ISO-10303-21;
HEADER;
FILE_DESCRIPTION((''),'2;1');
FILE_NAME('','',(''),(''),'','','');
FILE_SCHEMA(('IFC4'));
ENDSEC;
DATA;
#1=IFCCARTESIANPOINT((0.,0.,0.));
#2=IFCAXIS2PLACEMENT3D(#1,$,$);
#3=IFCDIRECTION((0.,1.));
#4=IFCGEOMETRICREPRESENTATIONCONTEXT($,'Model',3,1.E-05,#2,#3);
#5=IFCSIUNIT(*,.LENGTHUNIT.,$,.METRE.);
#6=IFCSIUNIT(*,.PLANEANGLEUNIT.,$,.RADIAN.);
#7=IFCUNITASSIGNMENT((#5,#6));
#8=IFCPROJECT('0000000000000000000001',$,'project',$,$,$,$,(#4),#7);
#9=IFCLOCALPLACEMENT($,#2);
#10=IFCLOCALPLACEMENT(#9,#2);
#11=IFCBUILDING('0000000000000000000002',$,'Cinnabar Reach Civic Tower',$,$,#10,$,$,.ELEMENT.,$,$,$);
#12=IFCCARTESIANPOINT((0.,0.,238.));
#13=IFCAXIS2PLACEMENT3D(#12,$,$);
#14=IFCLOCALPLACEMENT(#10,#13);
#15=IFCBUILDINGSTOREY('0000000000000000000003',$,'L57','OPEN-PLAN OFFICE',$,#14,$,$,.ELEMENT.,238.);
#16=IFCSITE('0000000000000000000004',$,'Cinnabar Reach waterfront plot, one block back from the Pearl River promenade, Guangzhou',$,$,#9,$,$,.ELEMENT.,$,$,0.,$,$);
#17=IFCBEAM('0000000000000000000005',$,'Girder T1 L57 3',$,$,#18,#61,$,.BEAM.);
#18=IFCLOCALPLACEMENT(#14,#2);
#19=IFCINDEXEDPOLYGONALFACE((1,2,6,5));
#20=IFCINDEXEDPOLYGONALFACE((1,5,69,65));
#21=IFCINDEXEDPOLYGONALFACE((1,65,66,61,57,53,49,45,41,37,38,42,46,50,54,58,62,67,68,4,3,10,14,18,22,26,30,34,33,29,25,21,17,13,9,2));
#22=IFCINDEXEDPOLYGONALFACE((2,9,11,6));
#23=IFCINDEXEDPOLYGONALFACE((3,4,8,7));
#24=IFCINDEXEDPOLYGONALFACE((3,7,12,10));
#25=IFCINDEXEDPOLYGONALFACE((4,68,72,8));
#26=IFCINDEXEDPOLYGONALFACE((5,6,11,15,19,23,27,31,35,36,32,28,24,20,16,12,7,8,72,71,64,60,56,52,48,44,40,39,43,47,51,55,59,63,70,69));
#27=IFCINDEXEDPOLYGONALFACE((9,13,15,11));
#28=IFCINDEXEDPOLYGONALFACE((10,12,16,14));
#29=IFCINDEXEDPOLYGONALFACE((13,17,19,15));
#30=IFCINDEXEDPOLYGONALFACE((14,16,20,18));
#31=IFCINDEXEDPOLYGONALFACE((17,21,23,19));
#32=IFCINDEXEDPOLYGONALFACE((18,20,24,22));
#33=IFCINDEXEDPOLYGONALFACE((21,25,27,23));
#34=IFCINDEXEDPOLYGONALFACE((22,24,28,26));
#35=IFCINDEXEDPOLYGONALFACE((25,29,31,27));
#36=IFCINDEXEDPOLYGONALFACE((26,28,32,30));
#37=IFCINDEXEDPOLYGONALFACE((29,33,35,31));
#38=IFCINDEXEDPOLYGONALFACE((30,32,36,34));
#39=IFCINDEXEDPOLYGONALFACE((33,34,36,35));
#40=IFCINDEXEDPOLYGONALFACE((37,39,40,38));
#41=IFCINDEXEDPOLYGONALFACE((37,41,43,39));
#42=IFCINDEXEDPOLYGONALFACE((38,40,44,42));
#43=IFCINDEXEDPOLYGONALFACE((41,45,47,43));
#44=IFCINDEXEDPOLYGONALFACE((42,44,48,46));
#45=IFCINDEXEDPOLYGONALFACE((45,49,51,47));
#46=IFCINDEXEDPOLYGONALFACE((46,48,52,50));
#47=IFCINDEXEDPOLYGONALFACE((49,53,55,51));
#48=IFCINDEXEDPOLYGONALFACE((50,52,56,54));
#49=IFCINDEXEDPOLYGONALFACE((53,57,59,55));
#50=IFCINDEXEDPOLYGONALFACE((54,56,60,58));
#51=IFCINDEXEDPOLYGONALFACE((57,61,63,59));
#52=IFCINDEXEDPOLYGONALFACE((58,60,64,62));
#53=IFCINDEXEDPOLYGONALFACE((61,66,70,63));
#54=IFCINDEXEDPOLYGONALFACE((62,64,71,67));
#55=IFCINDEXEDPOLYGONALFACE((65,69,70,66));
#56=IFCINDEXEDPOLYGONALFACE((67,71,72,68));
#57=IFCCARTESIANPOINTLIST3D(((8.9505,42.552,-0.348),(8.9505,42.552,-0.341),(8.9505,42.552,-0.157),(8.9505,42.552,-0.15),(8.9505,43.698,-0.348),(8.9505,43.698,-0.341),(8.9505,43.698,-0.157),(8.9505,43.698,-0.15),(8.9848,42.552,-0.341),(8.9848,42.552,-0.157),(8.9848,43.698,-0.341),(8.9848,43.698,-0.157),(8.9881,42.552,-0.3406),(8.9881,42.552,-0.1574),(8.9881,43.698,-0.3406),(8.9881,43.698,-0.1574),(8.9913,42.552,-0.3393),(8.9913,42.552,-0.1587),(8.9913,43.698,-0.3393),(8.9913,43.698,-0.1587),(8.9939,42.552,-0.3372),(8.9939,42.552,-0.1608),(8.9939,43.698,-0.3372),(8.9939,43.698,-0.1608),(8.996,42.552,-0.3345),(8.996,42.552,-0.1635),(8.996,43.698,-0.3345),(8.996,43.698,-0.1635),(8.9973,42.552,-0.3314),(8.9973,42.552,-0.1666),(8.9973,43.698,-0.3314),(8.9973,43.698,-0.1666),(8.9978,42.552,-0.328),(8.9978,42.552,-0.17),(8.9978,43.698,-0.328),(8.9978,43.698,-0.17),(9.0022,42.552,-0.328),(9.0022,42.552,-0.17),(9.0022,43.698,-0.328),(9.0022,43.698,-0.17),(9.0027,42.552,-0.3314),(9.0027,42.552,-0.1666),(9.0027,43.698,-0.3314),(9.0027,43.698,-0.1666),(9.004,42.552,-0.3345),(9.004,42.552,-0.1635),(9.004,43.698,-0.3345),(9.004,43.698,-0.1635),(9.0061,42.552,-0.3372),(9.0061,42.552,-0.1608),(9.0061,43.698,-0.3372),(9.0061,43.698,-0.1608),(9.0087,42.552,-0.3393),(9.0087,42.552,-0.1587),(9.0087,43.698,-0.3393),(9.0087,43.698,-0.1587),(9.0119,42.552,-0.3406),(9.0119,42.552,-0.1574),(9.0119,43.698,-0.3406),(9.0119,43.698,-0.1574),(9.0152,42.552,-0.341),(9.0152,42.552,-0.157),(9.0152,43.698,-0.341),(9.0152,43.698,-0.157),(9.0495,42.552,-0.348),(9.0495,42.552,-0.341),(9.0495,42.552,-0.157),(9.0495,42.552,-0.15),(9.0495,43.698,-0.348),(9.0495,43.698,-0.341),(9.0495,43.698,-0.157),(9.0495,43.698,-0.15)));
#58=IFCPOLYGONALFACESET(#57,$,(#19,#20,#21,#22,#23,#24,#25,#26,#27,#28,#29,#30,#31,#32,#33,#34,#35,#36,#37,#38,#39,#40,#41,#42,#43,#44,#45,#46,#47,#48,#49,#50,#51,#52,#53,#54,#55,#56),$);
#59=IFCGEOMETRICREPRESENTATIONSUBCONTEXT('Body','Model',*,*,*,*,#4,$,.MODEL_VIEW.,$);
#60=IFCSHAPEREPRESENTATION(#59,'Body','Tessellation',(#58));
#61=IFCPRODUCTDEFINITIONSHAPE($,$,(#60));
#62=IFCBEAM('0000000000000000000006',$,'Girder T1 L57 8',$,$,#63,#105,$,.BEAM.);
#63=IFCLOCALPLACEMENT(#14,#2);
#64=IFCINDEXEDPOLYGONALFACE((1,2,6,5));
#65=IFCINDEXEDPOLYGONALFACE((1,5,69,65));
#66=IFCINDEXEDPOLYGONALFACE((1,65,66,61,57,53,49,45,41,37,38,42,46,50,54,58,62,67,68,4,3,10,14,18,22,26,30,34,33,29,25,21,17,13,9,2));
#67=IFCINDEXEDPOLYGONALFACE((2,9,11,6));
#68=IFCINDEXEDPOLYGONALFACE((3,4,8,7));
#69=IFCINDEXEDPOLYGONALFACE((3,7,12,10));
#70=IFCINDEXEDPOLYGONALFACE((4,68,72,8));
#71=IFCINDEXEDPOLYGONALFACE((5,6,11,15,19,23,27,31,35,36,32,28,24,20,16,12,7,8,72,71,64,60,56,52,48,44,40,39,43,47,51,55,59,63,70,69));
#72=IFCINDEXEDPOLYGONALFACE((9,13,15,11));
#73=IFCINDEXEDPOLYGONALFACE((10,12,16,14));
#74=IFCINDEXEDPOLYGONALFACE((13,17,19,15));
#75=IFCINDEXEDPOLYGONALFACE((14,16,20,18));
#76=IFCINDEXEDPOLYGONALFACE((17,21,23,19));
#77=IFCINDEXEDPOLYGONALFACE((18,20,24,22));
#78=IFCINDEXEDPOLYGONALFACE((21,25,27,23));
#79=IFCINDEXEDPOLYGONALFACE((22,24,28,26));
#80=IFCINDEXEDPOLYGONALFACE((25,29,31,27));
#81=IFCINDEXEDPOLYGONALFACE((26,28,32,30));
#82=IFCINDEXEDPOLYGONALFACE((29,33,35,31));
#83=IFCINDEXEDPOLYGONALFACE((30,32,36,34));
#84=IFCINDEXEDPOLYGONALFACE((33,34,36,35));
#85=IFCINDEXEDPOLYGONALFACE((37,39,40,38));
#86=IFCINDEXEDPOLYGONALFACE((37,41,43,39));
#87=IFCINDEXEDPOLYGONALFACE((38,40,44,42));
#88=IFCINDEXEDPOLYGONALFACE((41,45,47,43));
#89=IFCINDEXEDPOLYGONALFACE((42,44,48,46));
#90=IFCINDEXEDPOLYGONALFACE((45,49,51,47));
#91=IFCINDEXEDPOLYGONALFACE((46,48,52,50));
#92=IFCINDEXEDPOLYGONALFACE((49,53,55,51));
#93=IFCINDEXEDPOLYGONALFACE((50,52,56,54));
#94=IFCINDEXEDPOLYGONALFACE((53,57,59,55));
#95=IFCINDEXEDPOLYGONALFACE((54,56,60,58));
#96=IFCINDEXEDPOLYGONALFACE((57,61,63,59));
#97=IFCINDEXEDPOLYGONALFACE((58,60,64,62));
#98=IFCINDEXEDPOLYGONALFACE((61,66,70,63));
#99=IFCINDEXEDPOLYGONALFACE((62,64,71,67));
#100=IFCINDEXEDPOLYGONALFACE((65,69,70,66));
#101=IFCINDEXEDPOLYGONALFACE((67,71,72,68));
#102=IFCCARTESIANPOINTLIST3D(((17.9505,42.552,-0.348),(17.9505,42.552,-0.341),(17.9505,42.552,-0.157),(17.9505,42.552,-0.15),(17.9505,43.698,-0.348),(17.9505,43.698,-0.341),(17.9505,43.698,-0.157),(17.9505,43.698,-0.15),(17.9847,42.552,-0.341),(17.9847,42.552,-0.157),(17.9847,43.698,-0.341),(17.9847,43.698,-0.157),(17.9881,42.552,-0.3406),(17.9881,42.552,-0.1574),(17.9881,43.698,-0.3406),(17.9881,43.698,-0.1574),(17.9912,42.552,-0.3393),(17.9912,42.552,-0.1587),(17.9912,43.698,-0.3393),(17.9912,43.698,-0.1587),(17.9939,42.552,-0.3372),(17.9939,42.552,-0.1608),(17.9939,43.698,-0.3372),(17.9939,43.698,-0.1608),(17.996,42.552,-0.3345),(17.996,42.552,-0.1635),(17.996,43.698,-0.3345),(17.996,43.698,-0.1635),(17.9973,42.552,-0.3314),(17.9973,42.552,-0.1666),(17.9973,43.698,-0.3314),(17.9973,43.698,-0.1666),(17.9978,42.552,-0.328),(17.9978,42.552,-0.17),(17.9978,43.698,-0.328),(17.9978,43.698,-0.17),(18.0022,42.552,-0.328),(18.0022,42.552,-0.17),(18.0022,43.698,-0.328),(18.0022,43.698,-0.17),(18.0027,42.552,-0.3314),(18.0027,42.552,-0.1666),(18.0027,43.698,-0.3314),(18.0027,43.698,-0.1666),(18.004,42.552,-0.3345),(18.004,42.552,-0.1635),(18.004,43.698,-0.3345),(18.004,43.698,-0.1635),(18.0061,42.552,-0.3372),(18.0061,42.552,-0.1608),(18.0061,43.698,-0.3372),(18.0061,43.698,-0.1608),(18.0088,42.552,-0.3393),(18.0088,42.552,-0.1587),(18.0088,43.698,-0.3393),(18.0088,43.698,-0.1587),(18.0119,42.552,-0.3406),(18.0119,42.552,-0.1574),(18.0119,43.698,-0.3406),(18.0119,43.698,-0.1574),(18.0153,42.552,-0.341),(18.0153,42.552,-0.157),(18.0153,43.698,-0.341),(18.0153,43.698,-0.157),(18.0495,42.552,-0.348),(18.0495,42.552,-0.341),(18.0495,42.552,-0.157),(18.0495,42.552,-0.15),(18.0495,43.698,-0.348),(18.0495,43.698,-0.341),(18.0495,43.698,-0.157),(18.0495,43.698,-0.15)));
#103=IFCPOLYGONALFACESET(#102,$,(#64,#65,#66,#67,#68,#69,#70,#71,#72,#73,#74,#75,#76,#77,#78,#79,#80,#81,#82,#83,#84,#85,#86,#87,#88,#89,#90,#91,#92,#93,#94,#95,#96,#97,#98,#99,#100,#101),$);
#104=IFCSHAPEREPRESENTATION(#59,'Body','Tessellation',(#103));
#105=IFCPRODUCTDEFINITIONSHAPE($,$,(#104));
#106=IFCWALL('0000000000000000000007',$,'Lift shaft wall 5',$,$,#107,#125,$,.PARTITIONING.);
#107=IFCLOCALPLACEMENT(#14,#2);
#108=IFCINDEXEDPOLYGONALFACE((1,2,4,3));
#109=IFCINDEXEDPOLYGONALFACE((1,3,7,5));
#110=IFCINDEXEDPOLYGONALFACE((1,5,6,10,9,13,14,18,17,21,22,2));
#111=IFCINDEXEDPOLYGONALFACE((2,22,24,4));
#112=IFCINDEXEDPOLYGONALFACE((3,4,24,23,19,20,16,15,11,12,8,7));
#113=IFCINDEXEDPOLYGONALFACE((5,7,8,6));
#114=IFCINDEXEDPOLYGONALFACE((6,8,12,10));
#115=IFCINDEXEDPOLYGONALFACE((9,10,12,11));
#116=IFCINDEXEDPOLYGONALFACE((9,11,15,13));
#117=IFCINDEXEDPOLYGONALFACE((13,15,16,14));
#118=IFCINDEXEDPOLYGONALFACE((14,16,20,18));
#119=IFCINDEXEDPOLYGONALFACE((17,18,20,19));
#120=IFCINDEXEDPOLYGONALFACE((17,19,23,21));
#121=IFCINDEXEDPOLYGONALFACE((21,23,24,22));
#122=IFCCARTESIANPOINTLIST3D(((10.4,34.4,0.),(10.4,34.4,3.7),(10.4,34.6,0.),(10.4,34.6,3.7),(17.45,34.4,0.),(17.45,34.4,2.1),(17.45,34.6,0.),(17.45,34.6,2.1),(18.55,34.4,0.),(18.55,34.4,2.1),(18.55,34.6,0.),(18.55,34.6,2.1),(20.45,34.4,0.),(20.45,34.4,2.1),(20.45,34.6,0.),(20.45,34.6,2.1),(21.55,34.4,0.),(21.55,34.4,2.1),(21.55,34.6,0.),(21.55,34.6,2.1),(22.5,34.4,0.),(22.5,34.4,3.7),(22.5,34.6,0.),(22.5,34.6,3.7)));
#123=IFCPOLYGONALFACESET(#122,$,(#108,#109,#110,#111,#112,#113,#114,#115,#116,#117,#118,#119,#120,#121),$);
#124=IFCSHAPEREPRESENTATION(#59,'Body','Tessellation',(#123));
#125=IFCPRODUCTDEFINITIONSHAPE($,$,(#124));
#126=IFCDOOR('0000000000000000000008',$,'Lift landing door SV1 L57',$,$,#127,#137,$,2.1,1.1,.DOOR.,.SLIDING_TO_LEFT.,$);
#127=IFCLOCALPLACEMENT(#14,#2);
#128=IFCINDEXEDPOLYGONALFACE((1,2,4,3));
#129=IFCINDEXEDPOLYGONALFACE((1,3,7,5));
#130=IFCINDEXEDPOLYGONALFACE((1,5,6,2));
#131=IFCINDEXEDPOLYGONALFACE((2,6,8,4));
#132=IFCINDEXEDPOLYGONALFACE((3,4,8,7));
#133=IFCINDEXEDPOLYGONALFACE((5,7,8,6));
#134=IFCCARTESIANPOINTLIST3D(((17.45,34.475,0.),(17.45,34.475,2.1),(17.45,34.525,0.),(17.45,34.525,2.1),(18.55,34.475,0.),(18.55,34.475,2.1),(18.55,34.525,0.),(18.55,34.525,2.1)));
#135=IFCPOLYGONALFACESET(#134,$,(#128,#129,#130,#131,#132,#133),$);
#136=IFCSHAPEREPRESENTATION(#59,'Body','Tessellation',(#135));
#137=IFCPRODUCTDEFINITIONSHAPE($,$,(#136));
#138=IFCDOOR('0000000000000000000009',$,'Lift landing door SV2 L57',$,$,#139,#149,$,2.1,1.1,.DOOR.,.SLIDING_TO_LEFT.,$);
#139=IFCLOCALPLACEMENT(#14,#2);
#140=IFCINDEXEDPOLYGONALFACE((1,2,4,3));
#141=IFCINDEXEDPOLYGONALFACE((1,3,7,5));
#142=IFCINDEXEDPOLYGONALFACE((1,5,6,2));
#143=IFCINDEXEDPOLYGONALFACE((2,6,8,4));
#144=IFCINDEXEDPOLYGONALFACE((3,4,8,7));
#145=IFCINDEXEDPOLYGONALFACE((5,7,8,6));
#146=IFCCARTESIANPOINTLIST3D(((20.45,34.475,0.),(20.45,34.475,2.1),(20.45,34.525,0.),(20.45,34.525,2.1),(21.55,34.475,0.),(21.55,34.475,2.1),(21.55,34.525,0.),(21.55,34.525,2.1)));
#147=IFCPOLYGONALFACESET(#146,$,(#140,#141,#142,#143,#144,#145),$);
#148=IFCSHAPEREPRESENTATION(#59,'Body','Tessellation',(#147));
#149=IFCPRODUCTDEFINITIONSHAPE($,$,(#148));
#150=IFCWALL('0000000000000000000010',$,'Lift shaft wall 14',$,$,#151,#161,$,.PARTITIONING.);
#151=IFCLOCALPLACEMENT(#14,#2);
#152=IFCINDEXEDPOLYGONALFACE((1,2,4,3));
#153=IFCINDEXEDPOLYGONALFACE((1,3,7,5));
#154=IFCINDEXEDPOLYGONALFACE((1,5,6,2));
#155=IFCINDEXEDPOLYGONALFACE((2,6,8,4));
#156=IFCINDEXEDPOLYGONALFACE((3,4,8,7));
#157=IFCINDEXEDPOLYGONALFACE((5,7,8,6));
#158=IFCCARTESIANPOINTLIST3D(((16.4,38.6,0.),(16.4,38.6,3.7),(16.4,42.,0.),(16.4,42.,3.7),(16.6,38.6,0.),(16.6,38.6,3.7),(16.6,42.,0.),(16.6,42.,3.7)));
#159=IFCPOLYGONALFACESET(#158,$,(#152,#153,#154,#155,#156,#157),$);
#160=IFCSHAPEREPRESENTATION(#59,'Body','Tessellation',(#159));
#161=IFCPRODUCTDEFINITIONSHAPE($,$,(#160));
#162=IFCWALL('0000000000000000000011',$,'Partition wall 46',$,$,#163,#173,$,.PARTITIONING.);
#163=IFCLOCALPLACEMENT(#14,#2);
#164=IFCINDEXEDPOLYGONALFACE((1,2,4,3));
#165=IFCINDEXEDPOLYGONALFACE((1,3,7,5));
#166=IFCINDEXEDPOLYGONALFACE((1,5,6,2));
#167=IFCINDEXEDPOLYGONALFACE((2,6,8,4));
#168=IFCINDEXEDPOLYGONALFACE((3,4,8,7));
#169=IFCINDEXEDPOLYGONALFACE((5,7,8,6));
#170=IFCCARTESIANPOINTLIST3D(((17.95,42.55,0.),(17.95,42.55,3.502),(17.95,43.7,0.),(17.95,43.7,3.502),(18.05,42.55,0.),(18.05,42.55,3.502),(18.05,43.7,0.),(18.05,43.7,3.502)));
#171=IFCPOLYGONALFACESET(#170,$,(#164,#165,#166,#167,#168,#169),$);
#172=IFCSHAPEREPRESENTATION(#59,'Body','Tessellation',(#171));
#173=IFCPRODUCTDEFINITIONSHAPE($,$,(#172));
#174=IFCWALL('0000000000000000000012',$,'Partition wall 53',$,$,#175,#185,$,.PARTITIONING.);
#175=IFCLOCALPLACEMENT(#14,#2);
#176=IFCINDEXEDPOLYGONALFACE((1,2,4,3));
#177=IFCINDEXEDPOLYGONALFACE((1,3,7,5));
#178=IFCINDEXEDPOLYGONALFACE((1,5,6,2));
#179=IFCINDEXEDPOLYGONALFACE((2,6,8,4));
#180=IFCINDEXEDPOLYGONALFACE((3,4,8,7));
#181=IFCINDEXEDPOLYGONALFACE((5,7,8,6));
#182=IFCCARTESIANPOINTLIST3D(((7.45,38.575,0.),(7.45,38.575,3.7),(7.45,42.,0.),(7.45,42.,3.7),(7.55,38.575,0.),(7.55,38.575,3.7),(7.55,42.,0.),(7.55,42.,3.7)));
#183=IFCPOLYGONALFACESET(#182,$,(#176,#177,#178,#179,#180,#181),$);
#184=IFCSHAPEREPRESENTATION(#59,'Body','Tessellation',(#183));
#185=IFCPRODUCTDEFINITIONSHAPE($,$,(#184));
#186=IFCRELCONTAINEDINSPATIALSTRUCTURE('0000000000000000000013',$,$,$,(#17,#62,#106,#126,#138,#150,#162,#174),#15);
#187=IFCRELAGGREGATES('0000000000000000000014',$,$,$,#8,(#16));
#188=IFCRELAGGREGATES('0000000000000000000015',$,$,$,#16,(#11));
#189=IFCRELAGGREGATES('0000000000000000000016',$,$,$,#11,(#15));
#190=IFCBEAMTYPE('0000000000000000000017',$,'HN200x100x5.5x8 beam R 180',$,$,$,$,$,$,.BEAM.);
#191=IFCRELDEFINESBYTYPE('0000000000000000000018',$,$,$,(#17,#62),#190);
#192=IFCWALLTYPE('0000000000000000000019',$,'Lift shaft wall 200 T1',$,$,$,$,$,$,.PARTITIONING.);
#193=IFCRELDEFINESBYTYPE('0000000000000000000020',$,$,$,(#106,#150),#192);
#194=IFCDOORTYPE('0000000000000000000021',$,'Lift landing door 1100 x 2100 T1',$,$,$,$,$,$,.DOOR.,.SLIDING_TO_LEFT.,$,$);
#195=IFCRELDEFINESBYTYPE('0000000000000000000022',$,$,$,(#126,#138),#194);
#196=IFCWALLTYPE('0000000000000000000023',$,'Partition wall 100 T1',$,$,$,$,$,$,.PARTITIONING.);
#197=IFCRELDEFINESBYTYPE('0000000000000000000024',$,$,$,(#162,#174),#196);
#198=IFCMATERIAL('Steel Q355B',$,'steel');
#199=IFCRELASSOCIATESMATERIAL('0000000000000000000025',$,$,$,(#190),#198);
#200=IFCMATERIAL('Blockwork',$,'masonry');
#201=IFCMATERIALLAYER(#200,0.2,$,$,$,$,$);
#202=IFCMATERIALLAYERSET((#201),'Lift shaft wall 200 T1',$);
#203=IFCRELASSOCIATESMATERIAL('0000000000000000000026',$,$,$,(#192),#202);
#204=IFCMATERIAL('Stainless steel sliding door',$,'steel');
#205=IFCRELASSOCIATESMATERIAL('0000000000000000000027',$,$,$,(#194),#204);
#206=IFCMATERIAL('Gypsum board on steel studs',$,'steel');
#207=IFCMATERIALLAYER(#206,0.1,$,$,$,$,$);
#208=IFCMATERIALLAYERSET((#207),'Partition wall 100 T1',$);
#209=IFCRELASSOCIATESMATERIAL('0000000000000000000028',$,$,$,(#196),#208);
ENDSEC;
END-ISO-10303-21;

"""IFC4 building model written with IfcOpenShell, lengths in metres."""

from ifc_helpers import new_model, si_unit, direction, frame, frame_2d, origin, origin_2d, place, context, subcontext, project, spatial, rectangle, i_section, extrude, material, layer, layer_set, material_profile, profile_set, type_object, element, fill, save


model = new_model("IFC4")

# Units and contexts
model_context = context("Model", 3, precision=1e-05, world=origin(), true_north=direction((0.0, 1.0)))
body_context = subcontext(model_context, "Body", "Model", "MODEL_VIEW")
ifc_project = project(units=[si_unit("LENGTHUNIT", "METRE"), si_unit("PLANEANGLEUNIT", "RADIAN")], contexts=[model_context])

# Site, building, storey
site_placement = place(None, origin())
site = spatial("IfcSite", under=ifc_project, at=site_placement, Name="Cinnabar Reach waterfront plot, one block back from the Pearl River promenade, Guangzhou", CompositionType="ELEMENT", RefElevation=0.0)
building_placement = place(site_placement, origin())
building = spatial("IfcBuilding", under=site, at=building_placement, Name="Cinnabar Reach Civic Tower", CompositionType="ELEMENT")
storey_placement = place(building_placement, frame((0.0, 0.0, 238.0)))
storey = spatial("IfcBuildingStorey", under=building, at=storey_placement, Name="L57", Description="OPEN-PLAN OFFICE", CompositionType="ELEMENT", Elevation=238.0)

# Beams
ifc_material_1 = material(Name="Steel Q355B", Category="steel")
ifc_material_profile = material_profile(ifc_material_1, i_section(OverallWidth=0.099, OverallDepth=0.198, WebThickness=0.0045, FlangeThickness=0.007, FilletRadius=0.013, at=origin_2d()), Name="HN200x100x5.5x8")
ifc_profile_set = profile_set([ifc_material_profile], Name="Steel Q355B")
beam_type = type_object("IfcBeamType", Name="HN200x100x5.5x8 beam R 180", PredefinedType="BEAM", material=ifc_profile_set)
for number, where, z_axis, x_axis, name in (
    (1, (9.0, 42.552, -0.249), (0.0, 1.0, 0.0), (-1.0, 0.0, 0.0), "Girder T1 L57 3"),
    (2, (18.0, 42.552, -0.249), (0.0, 1.0, 0.0), (-1.0, 0.0, 0.0), "Girder T1 L57 8"),
):
    element("IfcBeam", number, at=place(storey_placement, frame(where, z_axis=z_axis, x_axis=x_axis)), inside=storey, type_object=beam_type, Name=name, PredefinedType="BEAM", context=body_context, shape_type="SweptSolid", body=[
        extrude(i_section(OverallWidth=0.099, OverallDepth=0.198, WebThickness=0.0045, FlangeThickness=0.007, FilletRadius=0.013, at=origin_2d()), origin(), (0.0, 0.0, 1.0), 1.146),
    ])

# Wall, openings, doors
ifc_material_2 = material(Name="Blockwork", Category="masonry")
ifc_layer_1 = layer(ifc_material_2, 0.2)
ifc_layer_set_1 = layer_set([ifc_layer_1], Name="Lift shaft wall 200 T1")
wall_type_1 = type_object("IfcWallType", Name="Lift shaft wall 200 T1", PredefinedType="PARTITIONING", material=ifc_layer_set_1)
wall_1_placement = place(storey_placement, frame((10.4, 34.5, 0.0), z_axis=(0.0, 0.0, 1.0), x_axis=(1.0, 0.0, 0.0)))
wall_1 = element("IfcWall", 3, at=wall_1_placement, inside=storey, type_object=wall_type_1, Name="Lift shaft wall 5", PredefinedType="PARTITIONING", context=body_context, shape_type="SweptSolid", body=[
    extrude(rectangle(XDim=12.1, YDim=0.2, at=frame_2d((6.05, 0.0))), origin(), (0.0, 0.0, 1.0), 3.7),
])
opening_1_placement = place(wall_1_placement, frame((7.05, 0.0, 0.0)))
opening_1 = element("IfcOpeningElement", 4, at=opening_1_placement, cuts=wall_1, PredefinedType="OPENING", context=body_context, shape_type="SweptSolid", body=[
    extrude(rectangle(XDim=1.1, YDim=2.1, at=frame_2d((0.55, 1.05))), frame((0.0, 0.11, 0.0), z_axis=(0.0, -1.0, 0.0), x_axis=(1.0, 0.0, 0.0)), (0.0, 0.0, 1.0), 0.22),
])
opening_2_placement = place(wall_1_placement, frame((10.05, 0.0, 0.0)))
opening_2 = element("IfcOpeningElement", 5, at=opening_2_placement, cuts=wall_1, PredefinedType="OPENING", context=body_context, shape_type="SweptSolid", body=[
    extrude(rectangle(XDim=1.1, YDim=2.1, at=frame_2d((0.55, 1.05))), frame((0.0, 0.11, 0.0), z_axis=(0.0, -1.0, 0.0), x_axis=(1.0, 0.0, 0.0)), (0.0, 0.0, 1.0), 0.22),
])
ifc_material_3 = material(Name="Stainless steel sliding door", Category="steel")
door_type_1 = type_object("IfcDoorType", Name="Lift landing door 1100 x 2100 T1", OperationType="SLIDING_TO_LEFT", PredefinedType="DOOR", material=ifc_material_3)
door_1_placement = place(opening_1_placement, origin())
door_1 = element("IfcDoor", 6, at=door_1_placement, inside=storey, type_object=door_type_1, Name="Lift landing door SV1 L57", OperationType="SLIDING_TO_LEFT", OverallHeight=2.1, OverallWidth=1.1, PredefinedType="DOOR", context=body_context, shape_type="SweptSolid", body=[
    extrude(rectangle(XDim=1.1, YDim=2.1, at=frame_2d((0.55, 1.05))), frame((0.0, 0.025, 0.0), z_axis=(0.0, -1.0, 0.0), x_axis=(1.0, 0.0, 0.0)), (0.0, 0.0, 1.0), 0.05),
])
fill(opening_1, door_1)
door_2_placement = place(opening_2_placement, origin())
door_2 = element("IfcDoor", 7, at=door_2_placement, inside=storey, type_object=door_type_1, Name="Lift landing door SV2 L57", OperationType="SLIDING_TO_LEFT", OverallHeight=2.1, OverallWidth=1.1, PredefinedType="DOOR", context=body_context, shape_type="SweptSolid", body=[
    extrude(rectangle(XDim=1.1, YDim=2.1, at=frame_2d((0.55, 1.05))), frame((0.0, 0.025, 0.0), z_axis=(0.0, -1.0, 0.0), x_axis=(1.0, 0.0, 0.0)), (0.0, 0.0, 1.0), 0.05),
])
fill(opening_2, door_2)

# Walls
wall_2_placement = place(storey_placement, frame((16.5, 38.6, 0.0), z_axis=(0.0, 0.0, 1.0), x_axis=(0.0, 1.0, 0.0)))
element("IfcWall", 8, at=wall_2_placement, inside=storey, type_object=wall_type_1, Name="Lift shaft wall 14", PredefinedType="PARTITIONING", context=body_context, shape_type="SweptSolid", body=[
    extrude(rectangle(XDim=3.4, YDim=0.2, at=frame_2d((1.7, 0.0))), origin(), (0.0, 0.0, 1.0), 3.7),
])
ifc_material_4 = material(Name="Gypsum board on steel studs", Category="steel")
ifc_layer_2 = layer(ifc_material_4, 0.1)
ifc_layer_set_2 = layer_set([ifc_layer_2], Name="Partition wall 100 T1")
wall_type_2 = type_object("IfcWallType", Name="Partition wall 100 T1", PredefinedType="PARTITIONING", material=ifc_layer_set_2)
wall_3_placement = place(storey_placement, frame((18.0, 42.55, 0.0), z_axis=(0.0, 0.0, 1.0), x_axis=(0.0, 1.0, 0.0)))
element("IfcWall", 9, at=wall_3_placement, inside=storey, type_object=wall_type_2, Name="Partition wall 46", PredefinedType="PARTITIONING", context=body_context, shape_type="SweptSolid", body=[
    extrude(rectangle(XDim=1.15, YDim=0.1, at=frame_2d((0.575, 0.0))), origin(), (0.0, 0.0, 1.0), 3.502),
])
for number, where, z_axis, x_axis, name in (
    (10, (7.5, 38.575, 0.0), (0.0, 0.0, 1.0), (0.0, 1.0, 0.0), "Partition wall 53"),
):
    element("IfcWall", number, at=place(storey_placement, frame(where, z_axis=z_axis, x_axis=x_axis)), inside=storey, type_object=wall_type_2, Name=name, PredefinedType="PARTITIONING", context=body_context, shape_type="SweptSolid", body=[
        extrude(rectangle(XDim=3.425, YDim=0.1, at=frame_2d((1.7125, 0.0))), origin(), (0.0, 0.0, 1.0), 3.7),
    ])

save(model, "model.ifc")
